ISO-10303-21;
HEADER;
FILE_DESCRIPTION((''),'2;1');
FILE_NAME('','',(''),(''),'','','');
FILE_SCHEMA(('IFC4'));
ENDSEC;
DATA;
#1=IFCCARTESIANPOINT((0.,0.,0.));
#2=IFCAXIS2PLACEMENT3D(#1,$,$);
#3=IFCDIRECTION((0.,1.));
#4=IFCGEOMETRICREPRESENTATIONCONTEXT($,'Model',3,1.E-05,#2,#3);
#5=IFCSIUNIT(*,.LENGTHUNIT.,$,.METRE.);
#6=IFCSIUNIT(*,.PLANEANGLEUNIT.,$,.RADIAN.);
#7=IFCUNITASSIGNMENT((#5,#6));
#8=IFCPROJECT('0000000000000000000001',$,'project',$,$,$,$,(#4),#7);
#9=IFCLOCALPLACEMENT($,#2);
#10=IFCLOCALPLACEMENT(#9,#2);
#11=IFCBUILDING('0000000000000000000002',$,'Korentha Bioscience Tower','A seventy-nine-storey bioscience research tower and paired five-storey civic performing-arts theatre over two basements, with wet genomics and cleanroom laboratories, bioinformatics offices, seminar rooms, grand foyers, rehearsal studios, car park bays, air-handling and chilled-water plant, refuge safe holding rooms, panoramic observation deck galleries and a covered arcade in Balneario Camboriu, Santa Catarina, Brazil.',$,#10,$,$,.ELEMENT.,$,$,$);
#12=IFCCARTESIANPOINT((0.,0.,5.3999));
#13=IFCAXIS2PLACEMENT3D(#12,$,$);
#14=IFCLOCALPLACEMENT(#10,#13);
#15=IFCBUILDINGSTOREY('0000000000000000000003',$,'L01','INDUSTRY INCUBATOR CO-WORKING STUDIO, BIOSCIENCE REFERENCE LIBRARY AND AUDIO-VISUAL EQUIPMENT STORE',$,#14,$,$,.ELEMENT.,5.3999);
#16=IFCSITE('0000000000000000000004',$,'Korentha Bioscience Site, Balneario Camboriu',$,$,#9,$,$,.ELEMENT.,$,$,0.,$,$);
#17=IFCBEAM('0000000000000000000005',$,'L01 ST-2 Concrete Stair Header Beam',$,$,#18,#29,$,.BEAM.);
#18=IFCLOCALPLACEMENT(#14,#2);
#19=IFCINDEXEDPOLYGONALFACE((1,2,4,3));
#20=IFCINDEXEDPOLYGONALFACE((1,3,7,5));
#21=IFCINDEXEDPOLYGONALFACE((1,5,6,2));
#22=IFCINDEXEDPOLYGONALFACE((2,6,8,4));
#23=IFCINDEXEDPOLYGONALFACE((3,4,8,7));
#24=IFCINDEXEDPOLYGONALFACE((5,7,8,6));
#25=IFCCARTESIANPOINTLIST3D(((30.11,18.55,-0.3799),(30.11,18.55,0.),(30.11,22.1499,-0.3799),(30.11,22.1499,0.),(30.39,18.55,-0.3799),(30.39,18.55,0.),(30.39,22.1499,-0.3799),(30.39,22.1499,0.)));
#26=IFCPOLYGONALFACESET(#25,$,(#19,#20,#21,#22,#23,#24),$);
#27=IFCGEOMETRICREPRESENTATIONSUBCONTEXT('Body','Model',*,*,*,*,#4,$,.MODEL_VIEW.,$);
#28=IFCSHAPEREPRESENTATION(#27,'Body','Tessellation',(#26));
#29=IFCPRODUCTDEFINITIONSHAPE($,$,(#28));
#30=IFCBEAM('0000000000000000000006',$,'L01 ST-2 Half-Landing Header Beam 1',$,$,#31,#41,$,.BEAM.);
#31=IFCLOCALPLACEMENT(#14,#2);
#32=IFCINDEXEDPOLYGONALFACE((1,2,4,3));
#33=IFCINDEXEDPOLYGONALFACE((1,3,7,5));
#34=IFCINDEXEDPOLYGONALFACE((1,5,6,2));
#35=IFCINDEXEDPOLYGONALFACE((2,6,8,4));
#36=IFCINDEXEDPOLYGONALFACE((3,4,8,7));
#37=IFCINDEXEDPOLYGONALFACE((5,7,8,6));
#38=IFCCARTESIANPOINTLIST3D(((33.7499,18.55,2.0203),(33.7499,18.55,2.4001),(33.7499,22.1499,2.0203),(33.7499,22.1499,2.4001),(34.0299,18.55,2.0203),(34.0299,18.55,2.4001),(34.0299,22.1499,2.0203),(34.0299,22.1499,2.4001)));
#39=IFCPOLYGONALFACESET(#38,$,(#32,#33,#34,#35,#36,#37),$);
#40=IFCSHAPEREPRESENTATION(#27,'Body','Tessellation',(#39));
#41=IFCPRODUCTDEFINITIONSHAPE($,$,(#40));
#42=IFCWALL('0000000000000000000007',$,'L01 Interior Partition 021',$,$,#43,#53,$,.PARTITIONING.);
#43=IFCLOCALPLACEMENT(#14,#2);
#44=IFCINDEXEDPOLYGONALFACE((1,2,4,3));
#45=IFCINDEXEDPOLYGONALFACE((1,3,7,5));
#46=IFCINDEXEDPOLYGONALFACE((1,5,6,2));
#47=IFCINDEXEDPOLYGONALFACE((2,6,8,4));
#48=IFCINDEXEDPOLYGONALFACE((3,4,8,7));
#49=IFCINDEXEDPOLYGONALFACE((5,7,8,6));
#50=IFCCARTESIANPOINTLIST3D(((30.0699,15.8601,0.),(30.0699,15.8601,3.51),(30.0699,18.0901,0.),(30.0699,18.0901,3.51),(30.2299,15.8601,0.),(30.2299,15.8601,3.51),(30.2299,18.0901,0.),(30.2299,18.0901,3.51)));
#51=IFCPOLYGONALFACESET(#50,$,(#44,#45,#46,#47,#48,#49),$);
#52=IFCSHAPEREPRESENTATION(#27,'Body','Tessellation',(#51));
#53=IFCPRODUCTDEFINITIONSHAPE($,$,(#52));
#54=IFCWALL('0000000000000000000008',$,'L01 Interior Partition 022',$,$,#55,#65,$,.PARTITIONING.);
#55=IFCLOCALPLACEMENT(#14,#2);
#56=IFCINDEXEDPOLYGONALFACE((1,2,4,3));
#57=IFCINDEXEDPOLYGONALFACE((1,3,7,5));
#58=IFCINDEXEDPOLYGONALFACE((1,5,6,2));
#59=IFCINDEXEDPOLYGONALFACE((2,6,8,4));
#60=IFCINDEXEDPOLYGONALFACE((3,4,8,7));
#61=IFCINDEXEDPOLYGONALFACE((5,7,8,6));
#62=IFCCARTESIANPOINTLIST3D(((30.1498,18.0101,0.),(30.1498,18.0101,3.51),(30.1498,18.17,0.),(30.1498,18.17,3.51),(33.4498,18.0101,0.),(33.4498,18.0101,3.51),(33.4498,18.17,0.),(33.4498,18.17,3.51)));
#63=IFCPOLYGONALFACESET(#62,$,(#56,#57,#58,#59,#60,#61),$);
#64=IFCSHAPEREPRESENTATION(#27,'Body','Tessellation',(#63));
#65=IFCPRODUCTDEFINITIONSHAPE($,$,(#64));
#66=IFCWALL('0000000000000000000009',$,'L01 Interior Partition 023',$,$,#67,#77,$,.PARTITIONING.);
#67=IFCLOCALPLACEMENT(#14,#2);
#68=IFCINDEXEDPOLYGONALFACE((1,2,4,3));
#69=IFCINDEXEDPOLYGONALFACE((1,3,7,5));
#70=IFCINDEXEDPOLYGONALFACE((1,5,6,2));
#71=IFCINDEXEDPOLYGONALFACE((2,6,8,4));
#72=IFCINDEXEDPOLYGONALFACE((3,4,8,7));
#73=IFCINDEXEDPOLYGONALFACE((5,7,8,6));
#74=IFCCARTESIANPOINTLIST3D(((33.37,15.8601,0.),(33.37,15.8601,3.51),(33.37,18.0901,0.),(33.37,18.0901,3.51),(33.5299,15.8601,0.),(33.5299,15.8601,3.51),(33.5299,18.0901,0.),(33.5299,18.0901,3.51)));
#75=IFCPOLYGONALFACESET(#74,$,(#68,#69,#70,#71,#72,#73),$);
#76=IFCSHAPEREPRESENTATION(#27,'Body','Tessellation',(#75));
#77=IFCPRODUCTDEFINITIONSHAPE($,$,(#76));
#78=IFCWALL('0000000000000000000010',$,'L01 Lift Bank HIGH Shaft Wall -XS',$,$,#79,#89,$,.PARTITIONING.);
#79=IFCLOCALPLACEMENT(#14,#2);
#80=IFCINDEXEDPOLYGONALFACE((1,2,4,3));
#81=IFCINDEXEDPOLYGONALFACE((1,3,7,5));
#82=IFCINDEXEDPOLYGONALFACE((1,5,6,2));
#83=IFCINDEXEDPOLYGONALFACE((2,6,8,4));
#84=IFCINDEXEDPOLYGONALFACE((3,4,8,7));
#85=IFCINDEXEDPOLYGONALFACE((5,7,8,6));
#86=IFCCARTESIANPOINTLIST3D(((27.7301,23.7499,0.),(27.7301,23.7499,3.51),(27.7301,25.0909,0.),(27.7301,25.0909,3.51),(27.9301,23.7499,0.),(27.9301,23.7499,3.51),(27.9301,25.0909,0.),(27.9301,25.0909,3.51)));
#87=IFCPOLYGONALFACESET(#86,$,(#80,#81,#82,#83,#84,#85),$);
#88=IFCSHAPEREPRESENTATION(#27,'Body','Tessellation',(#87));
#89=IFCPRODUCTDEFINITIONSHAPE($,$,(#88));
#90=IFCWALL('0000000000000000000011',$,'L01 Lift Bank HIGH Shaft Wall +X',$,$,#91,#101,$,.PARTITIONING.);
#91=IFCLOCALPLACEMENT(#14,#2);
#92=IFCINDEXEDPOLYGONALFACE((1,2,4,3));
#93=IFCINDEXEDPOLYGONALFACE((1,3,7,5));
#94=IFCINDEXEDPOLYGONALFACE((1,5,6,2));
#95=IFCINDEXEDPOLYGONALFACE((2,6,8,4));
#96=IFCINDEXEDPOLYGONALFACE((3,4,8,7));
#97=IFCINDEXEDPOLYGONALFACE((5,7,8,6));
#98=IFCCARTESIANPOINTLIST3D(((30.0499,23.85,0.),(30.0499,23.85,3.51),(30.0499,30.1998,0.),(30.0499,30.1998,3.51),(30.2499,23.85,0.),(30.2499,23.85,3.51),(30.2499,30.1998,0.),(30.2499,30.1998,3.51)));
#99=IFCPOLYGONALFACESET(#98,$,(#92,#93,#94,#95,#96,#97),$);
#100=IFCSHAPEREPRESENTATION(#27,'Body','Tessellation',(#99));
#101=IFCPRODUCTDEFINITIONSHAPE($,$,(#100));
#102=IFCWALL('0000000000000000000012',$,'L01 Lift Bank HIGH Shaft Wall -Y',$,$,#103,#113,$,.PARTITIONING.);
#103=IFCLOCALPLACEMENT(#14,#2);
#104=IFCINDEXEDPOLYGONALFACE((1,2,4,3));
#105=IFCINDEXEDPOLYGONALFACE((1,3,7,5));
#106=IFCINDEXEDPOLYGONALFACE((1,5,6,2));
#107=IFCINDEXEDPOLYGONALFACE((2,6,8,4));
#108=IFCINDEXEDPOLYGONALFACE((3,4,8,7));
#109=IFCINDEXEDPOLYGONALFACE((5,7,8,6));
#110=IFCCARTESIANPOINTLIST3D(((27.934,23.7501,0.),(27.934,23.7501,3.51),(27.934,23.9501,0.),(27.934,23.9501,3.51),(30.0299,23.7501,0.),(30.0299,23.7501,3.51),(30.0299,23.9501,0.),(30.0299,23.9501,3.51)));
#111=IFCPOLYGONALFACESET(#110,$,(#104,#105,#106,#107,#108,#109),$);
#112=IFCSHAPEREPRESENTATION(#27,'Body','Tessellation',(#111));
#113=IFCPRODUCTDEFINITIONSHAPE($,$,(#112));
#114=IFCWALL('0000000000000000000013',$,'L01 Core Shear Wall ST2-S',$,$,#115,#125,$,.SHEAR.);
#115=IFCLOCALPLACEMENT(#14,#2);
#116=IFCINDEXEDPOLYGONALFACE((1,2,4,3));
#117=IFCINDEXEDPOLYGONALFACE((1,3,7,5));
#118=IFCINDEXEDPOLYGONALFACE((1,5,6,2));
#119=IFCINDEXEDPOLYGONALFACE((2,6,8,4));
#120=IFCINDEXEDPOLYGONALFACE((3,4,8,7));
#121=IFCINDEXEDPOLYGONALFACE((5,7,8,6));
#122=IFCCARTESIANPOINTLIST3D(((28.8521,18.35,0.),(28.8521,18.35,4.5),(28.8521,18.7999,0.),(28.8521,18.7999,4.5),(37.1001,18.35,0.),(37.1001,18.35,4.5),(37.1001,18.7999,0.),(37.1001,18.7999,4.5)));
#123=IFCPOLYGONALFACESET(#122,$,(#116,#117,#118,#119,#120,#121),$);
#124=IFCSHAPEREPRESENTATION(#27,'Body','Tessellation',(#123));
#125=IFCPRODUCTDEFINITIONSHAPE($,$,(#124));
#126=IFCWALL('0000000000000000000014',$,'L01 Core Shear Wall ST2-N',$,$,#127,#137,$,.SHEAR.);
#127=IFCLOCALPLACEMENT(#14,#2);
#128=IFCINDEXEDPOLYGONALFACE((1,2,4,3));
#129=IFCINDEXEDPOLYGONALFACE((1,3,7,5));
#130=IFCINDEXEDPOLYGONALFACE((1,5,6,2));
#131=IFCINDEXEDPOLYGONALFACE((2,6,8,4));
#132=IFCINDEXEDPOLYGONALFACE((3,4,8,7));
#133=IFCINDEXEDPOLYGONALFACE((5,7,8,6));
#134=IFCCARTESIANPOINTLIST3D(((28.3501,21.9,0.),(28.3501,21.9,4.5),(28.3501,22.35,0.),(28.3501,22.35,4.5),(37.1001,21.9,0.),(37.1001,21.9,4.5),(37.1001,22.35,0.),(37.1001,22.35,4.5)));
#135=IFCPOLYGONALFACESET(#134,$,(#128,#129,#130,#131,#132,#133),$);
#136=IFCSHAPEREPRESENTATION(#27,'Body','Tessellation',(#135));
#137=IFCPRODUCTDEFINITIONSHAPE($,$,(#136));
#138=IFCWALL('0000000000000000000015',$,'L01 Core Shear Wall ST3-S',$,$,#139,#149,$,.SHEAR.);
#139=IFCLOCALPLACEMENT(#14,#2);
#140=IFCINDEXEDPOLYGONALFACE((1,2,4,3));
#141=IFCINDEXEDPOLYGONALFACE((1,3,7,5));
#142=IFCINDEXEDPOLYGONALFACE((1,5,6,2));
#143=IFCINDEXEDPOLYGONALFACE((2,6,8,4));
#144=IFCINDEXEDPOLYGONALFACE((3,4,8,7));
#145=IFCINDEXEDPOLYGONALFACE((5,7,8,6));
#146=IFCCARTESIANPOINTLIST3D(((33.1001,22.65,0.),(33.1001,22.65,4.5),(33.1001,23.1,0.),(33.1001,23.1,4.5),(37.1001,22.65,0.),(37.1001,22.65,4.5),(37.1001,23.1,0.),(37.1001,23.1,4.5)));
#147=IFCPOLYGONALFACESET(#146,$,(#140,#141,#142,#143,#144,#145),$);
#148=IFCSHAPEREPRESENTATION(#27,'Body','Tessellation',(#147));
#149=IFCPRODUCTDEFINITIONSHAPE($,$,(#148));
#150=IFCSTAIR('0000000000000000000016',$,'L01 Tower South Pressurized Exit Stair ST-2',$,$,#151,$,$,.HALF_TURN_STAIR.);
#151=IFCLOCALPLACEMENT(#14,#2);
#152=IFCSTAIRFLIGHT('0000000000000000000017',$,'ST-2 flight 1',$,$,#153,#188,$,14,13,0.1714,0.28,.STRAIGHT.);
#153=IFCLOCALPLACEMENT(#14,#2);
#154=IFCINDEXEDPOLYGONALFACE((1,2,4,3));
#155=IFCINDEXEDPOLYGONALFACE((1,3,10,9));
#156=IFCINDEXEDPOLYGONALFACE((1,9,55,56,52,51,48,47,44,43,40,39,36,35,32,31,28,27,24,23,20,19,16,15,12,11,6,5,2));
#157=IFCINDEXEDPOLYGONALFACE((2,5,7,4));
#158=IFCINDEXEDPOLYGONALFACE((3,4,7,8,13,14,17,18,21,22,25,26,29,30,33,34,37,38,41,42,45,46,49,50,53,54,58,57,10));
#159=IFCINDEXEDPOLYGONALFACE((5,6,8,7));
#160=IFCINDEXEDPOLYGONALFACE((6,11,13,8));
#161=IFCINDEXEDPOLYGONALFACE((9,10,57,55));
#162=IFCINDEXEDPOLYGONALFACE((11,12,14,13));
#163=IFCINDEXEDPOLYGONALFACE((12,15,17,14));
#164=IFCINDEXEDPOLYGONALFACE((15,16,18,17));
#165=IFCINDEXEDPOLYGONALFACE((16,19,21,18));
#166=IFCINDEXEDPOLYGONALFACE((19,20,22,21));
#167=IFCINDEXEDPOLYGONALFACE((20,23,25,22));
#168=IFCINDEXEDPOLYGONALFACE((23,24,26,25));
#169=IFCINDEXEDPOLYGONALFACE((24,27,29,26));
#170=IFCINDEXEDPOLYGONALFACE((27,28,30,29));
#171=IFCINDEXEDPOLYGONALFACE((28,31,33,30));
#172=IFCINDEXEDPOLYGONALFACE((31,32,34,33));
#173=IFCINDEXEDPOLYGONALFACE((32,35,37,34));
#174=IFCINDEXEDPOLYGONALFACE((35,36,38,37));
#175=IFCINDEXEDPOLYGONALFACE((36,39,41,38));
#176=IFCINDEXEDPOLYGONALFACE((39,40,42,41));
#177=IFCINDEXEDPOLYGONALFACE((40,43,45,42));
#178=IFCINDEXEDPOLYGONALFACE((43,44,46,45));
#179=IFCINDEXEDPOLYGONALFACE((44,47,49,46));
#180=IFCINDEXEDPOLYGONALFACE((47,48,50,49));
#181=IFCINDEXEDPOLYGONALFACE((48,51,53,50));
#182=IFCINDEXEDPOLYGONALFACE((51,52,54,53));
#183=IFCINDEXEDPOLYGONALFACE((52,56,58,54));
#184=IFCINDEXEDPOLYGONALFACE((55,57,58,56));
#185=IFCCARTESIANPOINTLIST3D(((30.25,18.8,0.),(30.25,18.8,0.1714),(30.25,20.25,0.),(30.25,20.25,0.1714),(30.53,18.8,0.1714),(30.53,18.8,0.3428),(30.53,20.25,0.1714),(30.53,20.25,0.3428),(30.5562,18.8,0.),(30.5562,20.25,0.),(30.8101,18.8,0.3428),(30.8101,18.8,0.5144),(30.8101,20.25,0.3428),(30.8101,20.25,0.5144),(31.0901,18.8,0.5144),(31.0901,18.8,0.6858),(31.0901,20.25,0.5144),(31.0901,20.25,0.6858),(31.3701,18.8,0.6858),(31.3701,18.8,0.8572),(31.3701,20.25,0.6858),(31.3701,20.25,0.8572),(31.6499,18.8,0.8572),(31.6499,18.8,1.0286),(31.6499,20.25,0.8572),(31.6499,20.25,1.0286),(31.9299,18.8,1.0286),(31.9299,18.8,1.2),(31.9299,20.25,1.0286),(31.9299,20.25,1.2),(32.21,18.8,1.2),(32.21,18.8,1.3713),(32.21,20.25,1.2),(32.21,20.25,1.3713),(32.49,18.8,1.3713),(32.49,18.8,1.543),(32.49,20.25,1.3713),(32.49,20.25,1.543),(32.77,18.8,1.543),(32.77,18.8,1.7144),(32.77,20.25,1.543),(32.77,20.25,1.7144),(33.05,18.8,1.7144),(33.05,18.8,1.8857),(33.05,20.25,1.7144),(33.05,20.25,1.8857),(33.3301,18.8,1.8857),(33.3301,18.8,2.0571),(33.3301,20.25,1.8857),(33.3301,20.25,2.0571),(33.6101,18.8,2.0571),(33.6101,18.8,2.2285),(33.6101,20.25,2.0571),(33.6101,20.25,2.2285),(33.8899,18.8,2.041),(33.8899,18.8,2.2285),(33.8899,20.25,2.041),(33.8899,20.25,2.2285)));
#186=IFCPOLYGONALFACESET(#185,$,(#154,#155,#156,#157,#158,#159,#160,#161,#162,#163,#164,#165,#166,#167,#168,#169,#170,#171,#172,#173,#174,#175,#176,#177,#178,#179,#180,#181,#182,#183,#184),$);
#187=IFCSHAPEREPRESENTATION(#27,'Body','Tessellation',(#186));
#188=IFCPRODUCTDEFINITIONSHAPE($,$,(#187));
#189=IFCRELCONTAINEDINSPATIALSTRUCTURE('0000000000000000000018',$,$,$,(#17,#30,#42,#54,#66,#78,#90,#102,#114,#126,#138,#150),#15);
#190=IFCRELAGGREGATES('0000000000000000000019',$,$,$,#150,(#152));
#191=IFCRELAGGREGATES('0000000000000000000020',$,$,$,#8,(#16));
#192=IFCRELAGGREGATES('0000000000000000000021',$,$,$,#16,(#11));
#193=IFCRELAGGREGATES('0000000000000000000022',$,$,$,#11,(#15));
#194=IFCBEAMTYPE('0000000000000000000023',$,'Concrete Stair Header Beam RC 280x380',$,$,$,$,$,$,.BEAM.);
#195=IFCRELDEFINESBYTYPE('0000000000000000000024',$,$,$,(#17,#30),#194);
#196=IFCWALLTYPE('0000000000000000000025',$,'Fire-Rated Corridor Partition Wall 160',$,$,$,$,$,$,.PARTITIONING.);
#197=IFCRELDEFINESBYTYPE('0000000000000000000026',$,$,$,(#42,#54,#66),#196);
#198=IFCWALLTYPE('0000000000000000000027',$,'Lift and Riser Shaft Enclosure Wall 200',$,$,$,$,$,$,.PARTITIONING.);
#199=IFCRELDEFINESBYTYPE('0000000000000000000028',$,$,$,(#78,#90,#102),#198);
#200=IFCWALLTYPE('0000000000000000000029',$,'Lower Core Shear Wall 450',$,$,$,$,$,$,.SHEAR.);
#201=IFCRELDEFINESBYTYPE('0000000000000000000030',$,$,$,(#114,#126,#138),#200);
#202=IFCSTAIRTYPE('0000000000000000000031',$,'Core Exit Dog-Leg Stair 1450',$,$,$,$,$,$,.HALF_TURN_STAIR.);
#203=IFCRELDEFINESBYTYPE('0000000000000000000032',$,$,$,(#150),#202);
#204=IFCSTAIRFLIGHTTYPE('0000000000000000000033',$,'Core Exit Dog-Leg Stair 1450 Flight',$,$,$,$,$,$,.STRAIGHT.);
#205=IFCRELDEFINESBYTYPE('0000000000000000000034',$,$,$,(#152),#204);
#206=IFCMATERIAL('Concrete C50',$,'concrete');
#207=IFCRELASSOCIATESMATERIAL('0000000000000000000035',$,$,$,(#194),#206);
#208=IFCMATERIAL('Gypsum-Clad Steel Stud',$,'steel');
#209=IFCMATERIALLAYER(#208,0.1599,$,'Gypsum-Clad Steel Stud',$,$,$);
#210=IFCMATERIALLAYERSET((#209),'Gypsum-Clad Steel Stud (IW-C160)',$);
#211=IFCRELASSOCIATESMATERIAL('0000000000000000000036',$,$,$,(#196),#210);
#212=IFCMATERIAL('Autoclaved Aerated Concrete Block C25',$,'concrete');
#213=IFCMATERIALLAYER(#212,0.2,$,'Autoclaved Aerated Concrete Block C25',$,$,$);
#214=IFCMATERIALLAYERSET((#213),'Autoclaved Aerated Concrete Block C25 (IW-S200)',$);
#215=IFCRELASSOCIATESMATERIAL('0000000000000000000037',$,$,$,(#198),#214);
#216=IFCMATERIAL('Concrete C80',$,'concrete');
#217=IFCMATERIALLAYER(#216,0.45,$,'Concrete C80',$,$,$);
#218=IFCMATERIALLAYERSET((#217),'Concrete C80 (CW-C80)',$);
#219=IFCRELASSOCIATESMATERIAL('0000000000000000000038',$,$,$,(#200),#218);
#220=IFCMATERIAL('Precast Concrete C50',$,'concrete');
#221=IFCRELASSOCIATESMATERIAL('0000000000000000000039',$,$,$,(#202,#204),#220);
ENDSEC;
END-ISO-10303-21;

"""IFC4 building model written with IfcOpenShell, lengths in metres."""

from ifc_helpers import new_model, si_unit, direction, frame, frame_2d, origin, origin_2d, place, context, subcontext, project, spatial, polyline, rectangle, outline, extrude, material, layer, layer_set, material_profile, profile_set, type_object, element, aggregate, save


model = new_model("IFC4")

# Units and contexts
model_context = context("Model", 3, precision=1e-05, world=origin(), true_north=direction((0.0, 1.0)))
body_context = subcontext(model_context, "Body", "Model", "MODEL_VIEW")
ifc_project = project(units=[si_unit("LENGTHUNIT", "METRE"), si_unit("PLANEANGLEUNIT", "RADIAN")], contexts=[model_context])

# Site, building, storey
site_placement = place(None, origin())
site = spatial("IfcSite", under=ifc_project, at=site_placement, Name="Korentha Bioscience Site, Balneario Camboriu", CompositionType="ELEMENT", RefElevation=0.0)
building_placement = place(site_placement, origin())
building = spatial("IfcBuilding", under=site, at=building_placement, Name="Korentha Bioscience Tower", Description="A seventy-nine-storey bioscience research tower and paired five-storey civic performing-arts theatre over two basements, with wet genomics and cleanroom laboratories, bioinformatics offices, seminar rooms, grand foyers, rehearsal studios, car park bays, air-handling and chilled-water plant, refuge safe holding rooms, panoramic observation deck galleries and a covered arcade in Balneario Camboriu, Santa Catarina, Brazil.", CompositionType="ELEMENT")
storey_placement = place(building_placement, frame((0.0, 0.0, 5.3999)))
storey = spatial("IfcBuildingStorey", under=building, at=storey_placement, Name="L01", Description="INDUSTRY INCUBATOR CO-WORKING STUDIO, BIOSCIENCE REFERENCE LIBRARY AND AUDIO-VISUAL EQUIPMENT STORE", CompositionType="ELEMENT", Elevation=5.3999)

# Beams
ifc_material_1 = material(Name="Concrete C50", Category="concrete")
ifc_material_profile = material_profile(ifc_material_1, rectangle(XDim=0.28, YDim=0.3799, at=origin_2d()), Name="Concrete C50")
ifc_profile_set = profile_set([ifc_material_profile], Name="Concrete C50 (ST-HB380)")
beam_type = type_object("IfcBeamType", Name="Concrete Stair Header Beam RC 280x380", PredefinedType="BEAM", material=ifc_profile_set)
for number, where, z_axis, x_axis, name in (
    (1, (30.25, 18.55, -0.1899), (0.0, 1.0, 0.0), (-1.0, 0.0, 0.0), "L01 ST-2 Concrete Stair Header Beam"),
    (2, (33.8899, 18.55, 2.2102), (0.0, 1.0, 0.0), (-1.0, 0.0, 0.0), "L01 ST-2 Half-Landing Header Beam 1"),
):
    element("IfcBeam", number, at=place(storey_placement, frame(where, z_axis=z_axis, x_axis=x_axis)), inside=storey, type_object=beam_type, Name=name, PredefinedType="BEAM", context=body_context, shape_type="SweptSolid", body=[
        extrude(rectangle(XDim=0.28, YDim=0.3799, at=origin_2d()), origin(), (0.0, 0.0, 1.0), 3.5999),
    ])

# Shared definitions
ifc_material_2 = material(Name="Gypsum-Clad Steel Stud", Category="steel")
ifc_layer_1 = layer(ifc_material_2, 0.1599, Name="Gypsum-Clad Steel Stud")
ifc_layer_set_1 = layer_set([ifc_layer_1], Name="Gypsum-Clad Steel Stud (IW-C160)")
wall_type_1 = type_object("IfcWallType", Name="Fire-Rated Corridor Partition Wall 160", PredefinedType="PARTITIONING", material=ifc_layer_set_1)

# Walls
wall_1_placement = place(storey_placement, frame((30.1499, 15.8601, 0.0), z_axis=(0.0, 0.0, 1.0), x_axis=(0.0, 1.0, 0.0)))
element("IfcWall", 3, at=wall_1_placement, inside=storey, type_object=wall_type_1, Name="L01 Interior Partition 021", PredefinedType="PARTITIONING", context=body_context, shape_type="SweptSolid", body=[
    extrude(rectangle(XDim=2.23, YDim=0.1599, at=frame_2d((1.115, 0.0))), origin(), (0.0, 0.0, 1.0), 3.51),
])
wall_2_placement = place(storey_placement, frame((30.1499, 18.0901, 0.0), z_axis=(0.0, 0.0, 1.0), x_axis=(1.0, 0.0, 0.0)))
element("IfcWall", 4, at=wall_2_placement, inside=storey, type_object=wall_type_1, Name="L01 Interior Partition 022", PredefinedType="PARTITIONING", context=body_context, shape_type="SweptSolid", body=[
    extrude(rectangle(XDim=3.3, YDim=0.1599, at=frame_2d((1.6499, 0.0))), origin(), (0.0, 0.0, 1.0), 3.51),
])
wall_3_placement = place(storey_placement, frame((33.45, 18.0901, 0.0), z_axis=(0.0, 0.0, 1.0), x_axis=(0.0, -1.0, 0.0)))
element("IfcWall", 5, at=wall_3_placement, inside=storey, type_object=wall_type_1, Name="L01 Interior Partition 023", PredefinedType="PARTITIONING", context=body_context, shape_type="SweptSolid", body=[
    extrude(rectangle(XDim=2.23, YDim=0.1599, at=frame_2d((1.115, 0.0))), origin(), (0.0, 0.0, 1.0), 3.51),
])
ifc_material_3 = material(Name="Autoclaved Aerated Concrete Block C25", Category="concrete")
ifc_layer_2 = layer(ifc_material_3, 0.2, Name="Autoclaved Aerated Concrete Block C25")
ifc_layer_set_2 = layer_set([ifc_layer_2], Name="Autoclaved Aerated Concrete Block C25 (IW-S200)")
wall_type_2 = type_object("IfcWallType", Name="Lift and Riser Shaft Enclosure Wall 200", PredefinedType="PARTITIONING", material=ifc_layer_set_2)
wall_4_placement = place(storey_placement, frame((27.8301, 23.75, 0.0), z_axis=(0.0, 0.0, 1.0), x_axis=(0.0, 1.0, 0.0)))
element("IfcWall", 6, at=wall_4_placement, inside=storey, type_object=wall_type_2, Name="L01 Lift Bank HIGH Shaft Wall -XS", PredefinedType="PARTITIONING", context=body_context, shape_type="SweptSolid", body=[
    extrude(rectangle(XDim=1.3411, YDim=0.2, at=frame_2d((0.6704, 0.0))), origin(), (0.0, 0.0, 1.0), 3.51),
])
wall_5_placement = place(storey_placement, frame((30.1499, 23.8501, 0.0), z_axis=(0.0, 0.0, 1.0), x_axis=(0.0, 1.0, 0.0)))
element("IfcWall", 7, at=wall_5_placement, inside=storey, type_object=wall_type_2, Name="L01 Lift Bank HIGH Shaft Wall +X", PredefinedType="PARTITIONING", context=body_context, shape_type="SweptSolid", body=[
    extrude(rectangle(XDim=6.3499, YDim=0.2, at=frame_2d((3.1748, 0.0))), origin(), (0.0, 0.0, 1.0), 3.51),
])
wall_6_placement = place(storey_placement, frame((27.9341, 23.8501, 0.0), z_axis=(0.0, 0.0, 1.0), x_axis=(1.0, 0.0, 0.0)))
element("IfcWall", 8, at=wall_6_placement, inside=storey, type_object=wall_type_2, Name="L01 Lift Bank HIGH Shaft Wall -Y", PredefinedType="PARTITIONING", context=body_context, shape_type="SweptSolid", body=[
    extrude(rectangle(XDim=2.0959, YDim=0.2, at=frame_2d((1.0479, 0.0))), origin(), (0.0, 0.0, 1.0), 3.51),
])
ifc_material_4 = material(Name="Concrete C80", Category="concrete")
ifc_layer_3 = layer(ifc_material_4, 0.45, Name="Concrete C80")
ifc_layer_set_3 = layer_set([ifc_layer_3], Name="Concrete C80 (CW-C80)")
wall_type_3 = type_object("IfcWallType", Name="Lower Core Shear Wall 450", PredefinedType="SHEAR", material=ifc_layer_set_3)
wall_7_placement = place(storey_placement, frame((28.8521, 18.575, 0.0), z_axis=(0.0, 0.0, 1.0), x_axis=(1.0, 0.0, 0.0)))
element("IfcWall", 9, at=wall_7_placement, inside=storey, type_object=wall_type_3, Name="L01 Core Shear Wall ST2-S", PredefinedType="SHEAR", context=body_context, shape_type="SweptSolid", body=[
    extrude(rectangle(XDim=8.248, YDim=0.45, at=frame_2d((4.124, 0.0))), origin(), (0.0, 0.0, 1.0), 4.5),
])
wall_8_placement = place(storey_placement, frame((28.3501, 22.125, 0.0), z_axis=(0.0, 0.0, 1.0), x_axis=(1.0, 0.0, 0.0)))
element("IfcWall", 10, at=wall_8_placement, inside=storey, type_object=wall_type_3, Name="L01 Core Shear Wall ST2-N", PredefinedType="SHEAR", context=body_context, shape_type="SweptSolid", body=[
    extrude(rectangle(XDim=8.75, YDim=0.45, at=frame_2d((4.375, 0.0))), origin(), (0.0, 0.0, 1.0), 4.5),
])

# Wall
wall_9_placement = place(storey_placement, frame((33.1001, 22.875, 0.0), z_axis=(0.0, 0.0, 1.0), x_axis=(1.0, 0.0, 0.0)))
element("IfcWall", 11, at=wall_9_placement, inside=storey, type_object=wall_type_3, Name="L01 Core Shear Wall ST3-S", PredefinedType="SHEAR", context=body_context, shape_type="SweptSolid", body=[
    extrude(rectangle(XDim=4.0, YDim=0.45, at=frame_2d((2.0, 0.0))), origin(), (0.0, 0.0, 1.0), 4.5),
])

# Stair, stair flight
ifc_material_5 = material(Name="Precast Concrete C50", Category="concrete")
stair_type = type_object("IfcStairType", Name="Core Exit Dog-Leg Stair 1450", PredefinedType="HALF_TURN_STAIR", material=ifc_material_5)
stair_placement = place(storey_placement, origin())
stair = element("IfcStair", 12, at=stair_placement, inside=storey, type_object=stair_type, Name="L01 Tower South Pressurized Exit Stair ST-2", PredefinedType="HALF_TURN_STAIR")
stair_flight_type = type_object("IfcStairFlightType", Name="Core Exit Dog-Leg Stair 1450 Flight", PredefinedType="STRAIGHT", material=ifc_material_5)
stair_flight_placement = place(storey_placement, frame((30.25, 19.5249, 0.0), z_axis=(0.0, 0.0, 1.0), x_axis=(1.0, 0.0, 0.0)))
stair_flight = element("IfcStairFlight", 13, at=stair_flight_placement, type_object=stair_flight_type, Name="ST-2 flight 1", NumberOfRisers=14, NumberOfTreads=13, PredefinedType="STRAIGHT", RiserHeight=0.1714, TreadLength=0.28, context=body_context, shape_type="SweptSolid", body=[
    extrude(outline(polyline([(0.0, 0.0), (0.0, 0.1714), (0.28, 0.1714), (0.28, 0.3428), (0.5601, 0.3428), (0.5601, 0.5144), (0.8401, 0.5144), (0.8401, 0.6858), (1.1201, 0.6858), (1.1201, 0.8572), (1.3999, 0.8572), (1.3999, 1.0286), (1.6799, 1.0286), (1.6799, 1.2), (1.96, 1.2), (1.96, 1.3713), (2.24, 1.3713), (2.24, 1.543), (2.52, 1.543), (2.52, 1.7144), (2.8, 1.7144), (2.8, 1.8857), (3.0801, 1.8857), (3.0801, 2.0571), (3.3601, 2.0571), (3.3601, 2.2285), (3.6399, 2.2285), (3.6399, 2.3999), (3.6399, 2.041), (0.3062, 0.0), (0.0, 0.0)])), frame((0.0, 0.7251, 0.0), z_axis=(0.0, -1.0, 0.0), x_axis=(1.0, 0.0, 0.0)), (0.0, 0.0, 1.0), 1.45),
])
aggregate(stair, [stair_flight])

save(model, "model.ifc")
